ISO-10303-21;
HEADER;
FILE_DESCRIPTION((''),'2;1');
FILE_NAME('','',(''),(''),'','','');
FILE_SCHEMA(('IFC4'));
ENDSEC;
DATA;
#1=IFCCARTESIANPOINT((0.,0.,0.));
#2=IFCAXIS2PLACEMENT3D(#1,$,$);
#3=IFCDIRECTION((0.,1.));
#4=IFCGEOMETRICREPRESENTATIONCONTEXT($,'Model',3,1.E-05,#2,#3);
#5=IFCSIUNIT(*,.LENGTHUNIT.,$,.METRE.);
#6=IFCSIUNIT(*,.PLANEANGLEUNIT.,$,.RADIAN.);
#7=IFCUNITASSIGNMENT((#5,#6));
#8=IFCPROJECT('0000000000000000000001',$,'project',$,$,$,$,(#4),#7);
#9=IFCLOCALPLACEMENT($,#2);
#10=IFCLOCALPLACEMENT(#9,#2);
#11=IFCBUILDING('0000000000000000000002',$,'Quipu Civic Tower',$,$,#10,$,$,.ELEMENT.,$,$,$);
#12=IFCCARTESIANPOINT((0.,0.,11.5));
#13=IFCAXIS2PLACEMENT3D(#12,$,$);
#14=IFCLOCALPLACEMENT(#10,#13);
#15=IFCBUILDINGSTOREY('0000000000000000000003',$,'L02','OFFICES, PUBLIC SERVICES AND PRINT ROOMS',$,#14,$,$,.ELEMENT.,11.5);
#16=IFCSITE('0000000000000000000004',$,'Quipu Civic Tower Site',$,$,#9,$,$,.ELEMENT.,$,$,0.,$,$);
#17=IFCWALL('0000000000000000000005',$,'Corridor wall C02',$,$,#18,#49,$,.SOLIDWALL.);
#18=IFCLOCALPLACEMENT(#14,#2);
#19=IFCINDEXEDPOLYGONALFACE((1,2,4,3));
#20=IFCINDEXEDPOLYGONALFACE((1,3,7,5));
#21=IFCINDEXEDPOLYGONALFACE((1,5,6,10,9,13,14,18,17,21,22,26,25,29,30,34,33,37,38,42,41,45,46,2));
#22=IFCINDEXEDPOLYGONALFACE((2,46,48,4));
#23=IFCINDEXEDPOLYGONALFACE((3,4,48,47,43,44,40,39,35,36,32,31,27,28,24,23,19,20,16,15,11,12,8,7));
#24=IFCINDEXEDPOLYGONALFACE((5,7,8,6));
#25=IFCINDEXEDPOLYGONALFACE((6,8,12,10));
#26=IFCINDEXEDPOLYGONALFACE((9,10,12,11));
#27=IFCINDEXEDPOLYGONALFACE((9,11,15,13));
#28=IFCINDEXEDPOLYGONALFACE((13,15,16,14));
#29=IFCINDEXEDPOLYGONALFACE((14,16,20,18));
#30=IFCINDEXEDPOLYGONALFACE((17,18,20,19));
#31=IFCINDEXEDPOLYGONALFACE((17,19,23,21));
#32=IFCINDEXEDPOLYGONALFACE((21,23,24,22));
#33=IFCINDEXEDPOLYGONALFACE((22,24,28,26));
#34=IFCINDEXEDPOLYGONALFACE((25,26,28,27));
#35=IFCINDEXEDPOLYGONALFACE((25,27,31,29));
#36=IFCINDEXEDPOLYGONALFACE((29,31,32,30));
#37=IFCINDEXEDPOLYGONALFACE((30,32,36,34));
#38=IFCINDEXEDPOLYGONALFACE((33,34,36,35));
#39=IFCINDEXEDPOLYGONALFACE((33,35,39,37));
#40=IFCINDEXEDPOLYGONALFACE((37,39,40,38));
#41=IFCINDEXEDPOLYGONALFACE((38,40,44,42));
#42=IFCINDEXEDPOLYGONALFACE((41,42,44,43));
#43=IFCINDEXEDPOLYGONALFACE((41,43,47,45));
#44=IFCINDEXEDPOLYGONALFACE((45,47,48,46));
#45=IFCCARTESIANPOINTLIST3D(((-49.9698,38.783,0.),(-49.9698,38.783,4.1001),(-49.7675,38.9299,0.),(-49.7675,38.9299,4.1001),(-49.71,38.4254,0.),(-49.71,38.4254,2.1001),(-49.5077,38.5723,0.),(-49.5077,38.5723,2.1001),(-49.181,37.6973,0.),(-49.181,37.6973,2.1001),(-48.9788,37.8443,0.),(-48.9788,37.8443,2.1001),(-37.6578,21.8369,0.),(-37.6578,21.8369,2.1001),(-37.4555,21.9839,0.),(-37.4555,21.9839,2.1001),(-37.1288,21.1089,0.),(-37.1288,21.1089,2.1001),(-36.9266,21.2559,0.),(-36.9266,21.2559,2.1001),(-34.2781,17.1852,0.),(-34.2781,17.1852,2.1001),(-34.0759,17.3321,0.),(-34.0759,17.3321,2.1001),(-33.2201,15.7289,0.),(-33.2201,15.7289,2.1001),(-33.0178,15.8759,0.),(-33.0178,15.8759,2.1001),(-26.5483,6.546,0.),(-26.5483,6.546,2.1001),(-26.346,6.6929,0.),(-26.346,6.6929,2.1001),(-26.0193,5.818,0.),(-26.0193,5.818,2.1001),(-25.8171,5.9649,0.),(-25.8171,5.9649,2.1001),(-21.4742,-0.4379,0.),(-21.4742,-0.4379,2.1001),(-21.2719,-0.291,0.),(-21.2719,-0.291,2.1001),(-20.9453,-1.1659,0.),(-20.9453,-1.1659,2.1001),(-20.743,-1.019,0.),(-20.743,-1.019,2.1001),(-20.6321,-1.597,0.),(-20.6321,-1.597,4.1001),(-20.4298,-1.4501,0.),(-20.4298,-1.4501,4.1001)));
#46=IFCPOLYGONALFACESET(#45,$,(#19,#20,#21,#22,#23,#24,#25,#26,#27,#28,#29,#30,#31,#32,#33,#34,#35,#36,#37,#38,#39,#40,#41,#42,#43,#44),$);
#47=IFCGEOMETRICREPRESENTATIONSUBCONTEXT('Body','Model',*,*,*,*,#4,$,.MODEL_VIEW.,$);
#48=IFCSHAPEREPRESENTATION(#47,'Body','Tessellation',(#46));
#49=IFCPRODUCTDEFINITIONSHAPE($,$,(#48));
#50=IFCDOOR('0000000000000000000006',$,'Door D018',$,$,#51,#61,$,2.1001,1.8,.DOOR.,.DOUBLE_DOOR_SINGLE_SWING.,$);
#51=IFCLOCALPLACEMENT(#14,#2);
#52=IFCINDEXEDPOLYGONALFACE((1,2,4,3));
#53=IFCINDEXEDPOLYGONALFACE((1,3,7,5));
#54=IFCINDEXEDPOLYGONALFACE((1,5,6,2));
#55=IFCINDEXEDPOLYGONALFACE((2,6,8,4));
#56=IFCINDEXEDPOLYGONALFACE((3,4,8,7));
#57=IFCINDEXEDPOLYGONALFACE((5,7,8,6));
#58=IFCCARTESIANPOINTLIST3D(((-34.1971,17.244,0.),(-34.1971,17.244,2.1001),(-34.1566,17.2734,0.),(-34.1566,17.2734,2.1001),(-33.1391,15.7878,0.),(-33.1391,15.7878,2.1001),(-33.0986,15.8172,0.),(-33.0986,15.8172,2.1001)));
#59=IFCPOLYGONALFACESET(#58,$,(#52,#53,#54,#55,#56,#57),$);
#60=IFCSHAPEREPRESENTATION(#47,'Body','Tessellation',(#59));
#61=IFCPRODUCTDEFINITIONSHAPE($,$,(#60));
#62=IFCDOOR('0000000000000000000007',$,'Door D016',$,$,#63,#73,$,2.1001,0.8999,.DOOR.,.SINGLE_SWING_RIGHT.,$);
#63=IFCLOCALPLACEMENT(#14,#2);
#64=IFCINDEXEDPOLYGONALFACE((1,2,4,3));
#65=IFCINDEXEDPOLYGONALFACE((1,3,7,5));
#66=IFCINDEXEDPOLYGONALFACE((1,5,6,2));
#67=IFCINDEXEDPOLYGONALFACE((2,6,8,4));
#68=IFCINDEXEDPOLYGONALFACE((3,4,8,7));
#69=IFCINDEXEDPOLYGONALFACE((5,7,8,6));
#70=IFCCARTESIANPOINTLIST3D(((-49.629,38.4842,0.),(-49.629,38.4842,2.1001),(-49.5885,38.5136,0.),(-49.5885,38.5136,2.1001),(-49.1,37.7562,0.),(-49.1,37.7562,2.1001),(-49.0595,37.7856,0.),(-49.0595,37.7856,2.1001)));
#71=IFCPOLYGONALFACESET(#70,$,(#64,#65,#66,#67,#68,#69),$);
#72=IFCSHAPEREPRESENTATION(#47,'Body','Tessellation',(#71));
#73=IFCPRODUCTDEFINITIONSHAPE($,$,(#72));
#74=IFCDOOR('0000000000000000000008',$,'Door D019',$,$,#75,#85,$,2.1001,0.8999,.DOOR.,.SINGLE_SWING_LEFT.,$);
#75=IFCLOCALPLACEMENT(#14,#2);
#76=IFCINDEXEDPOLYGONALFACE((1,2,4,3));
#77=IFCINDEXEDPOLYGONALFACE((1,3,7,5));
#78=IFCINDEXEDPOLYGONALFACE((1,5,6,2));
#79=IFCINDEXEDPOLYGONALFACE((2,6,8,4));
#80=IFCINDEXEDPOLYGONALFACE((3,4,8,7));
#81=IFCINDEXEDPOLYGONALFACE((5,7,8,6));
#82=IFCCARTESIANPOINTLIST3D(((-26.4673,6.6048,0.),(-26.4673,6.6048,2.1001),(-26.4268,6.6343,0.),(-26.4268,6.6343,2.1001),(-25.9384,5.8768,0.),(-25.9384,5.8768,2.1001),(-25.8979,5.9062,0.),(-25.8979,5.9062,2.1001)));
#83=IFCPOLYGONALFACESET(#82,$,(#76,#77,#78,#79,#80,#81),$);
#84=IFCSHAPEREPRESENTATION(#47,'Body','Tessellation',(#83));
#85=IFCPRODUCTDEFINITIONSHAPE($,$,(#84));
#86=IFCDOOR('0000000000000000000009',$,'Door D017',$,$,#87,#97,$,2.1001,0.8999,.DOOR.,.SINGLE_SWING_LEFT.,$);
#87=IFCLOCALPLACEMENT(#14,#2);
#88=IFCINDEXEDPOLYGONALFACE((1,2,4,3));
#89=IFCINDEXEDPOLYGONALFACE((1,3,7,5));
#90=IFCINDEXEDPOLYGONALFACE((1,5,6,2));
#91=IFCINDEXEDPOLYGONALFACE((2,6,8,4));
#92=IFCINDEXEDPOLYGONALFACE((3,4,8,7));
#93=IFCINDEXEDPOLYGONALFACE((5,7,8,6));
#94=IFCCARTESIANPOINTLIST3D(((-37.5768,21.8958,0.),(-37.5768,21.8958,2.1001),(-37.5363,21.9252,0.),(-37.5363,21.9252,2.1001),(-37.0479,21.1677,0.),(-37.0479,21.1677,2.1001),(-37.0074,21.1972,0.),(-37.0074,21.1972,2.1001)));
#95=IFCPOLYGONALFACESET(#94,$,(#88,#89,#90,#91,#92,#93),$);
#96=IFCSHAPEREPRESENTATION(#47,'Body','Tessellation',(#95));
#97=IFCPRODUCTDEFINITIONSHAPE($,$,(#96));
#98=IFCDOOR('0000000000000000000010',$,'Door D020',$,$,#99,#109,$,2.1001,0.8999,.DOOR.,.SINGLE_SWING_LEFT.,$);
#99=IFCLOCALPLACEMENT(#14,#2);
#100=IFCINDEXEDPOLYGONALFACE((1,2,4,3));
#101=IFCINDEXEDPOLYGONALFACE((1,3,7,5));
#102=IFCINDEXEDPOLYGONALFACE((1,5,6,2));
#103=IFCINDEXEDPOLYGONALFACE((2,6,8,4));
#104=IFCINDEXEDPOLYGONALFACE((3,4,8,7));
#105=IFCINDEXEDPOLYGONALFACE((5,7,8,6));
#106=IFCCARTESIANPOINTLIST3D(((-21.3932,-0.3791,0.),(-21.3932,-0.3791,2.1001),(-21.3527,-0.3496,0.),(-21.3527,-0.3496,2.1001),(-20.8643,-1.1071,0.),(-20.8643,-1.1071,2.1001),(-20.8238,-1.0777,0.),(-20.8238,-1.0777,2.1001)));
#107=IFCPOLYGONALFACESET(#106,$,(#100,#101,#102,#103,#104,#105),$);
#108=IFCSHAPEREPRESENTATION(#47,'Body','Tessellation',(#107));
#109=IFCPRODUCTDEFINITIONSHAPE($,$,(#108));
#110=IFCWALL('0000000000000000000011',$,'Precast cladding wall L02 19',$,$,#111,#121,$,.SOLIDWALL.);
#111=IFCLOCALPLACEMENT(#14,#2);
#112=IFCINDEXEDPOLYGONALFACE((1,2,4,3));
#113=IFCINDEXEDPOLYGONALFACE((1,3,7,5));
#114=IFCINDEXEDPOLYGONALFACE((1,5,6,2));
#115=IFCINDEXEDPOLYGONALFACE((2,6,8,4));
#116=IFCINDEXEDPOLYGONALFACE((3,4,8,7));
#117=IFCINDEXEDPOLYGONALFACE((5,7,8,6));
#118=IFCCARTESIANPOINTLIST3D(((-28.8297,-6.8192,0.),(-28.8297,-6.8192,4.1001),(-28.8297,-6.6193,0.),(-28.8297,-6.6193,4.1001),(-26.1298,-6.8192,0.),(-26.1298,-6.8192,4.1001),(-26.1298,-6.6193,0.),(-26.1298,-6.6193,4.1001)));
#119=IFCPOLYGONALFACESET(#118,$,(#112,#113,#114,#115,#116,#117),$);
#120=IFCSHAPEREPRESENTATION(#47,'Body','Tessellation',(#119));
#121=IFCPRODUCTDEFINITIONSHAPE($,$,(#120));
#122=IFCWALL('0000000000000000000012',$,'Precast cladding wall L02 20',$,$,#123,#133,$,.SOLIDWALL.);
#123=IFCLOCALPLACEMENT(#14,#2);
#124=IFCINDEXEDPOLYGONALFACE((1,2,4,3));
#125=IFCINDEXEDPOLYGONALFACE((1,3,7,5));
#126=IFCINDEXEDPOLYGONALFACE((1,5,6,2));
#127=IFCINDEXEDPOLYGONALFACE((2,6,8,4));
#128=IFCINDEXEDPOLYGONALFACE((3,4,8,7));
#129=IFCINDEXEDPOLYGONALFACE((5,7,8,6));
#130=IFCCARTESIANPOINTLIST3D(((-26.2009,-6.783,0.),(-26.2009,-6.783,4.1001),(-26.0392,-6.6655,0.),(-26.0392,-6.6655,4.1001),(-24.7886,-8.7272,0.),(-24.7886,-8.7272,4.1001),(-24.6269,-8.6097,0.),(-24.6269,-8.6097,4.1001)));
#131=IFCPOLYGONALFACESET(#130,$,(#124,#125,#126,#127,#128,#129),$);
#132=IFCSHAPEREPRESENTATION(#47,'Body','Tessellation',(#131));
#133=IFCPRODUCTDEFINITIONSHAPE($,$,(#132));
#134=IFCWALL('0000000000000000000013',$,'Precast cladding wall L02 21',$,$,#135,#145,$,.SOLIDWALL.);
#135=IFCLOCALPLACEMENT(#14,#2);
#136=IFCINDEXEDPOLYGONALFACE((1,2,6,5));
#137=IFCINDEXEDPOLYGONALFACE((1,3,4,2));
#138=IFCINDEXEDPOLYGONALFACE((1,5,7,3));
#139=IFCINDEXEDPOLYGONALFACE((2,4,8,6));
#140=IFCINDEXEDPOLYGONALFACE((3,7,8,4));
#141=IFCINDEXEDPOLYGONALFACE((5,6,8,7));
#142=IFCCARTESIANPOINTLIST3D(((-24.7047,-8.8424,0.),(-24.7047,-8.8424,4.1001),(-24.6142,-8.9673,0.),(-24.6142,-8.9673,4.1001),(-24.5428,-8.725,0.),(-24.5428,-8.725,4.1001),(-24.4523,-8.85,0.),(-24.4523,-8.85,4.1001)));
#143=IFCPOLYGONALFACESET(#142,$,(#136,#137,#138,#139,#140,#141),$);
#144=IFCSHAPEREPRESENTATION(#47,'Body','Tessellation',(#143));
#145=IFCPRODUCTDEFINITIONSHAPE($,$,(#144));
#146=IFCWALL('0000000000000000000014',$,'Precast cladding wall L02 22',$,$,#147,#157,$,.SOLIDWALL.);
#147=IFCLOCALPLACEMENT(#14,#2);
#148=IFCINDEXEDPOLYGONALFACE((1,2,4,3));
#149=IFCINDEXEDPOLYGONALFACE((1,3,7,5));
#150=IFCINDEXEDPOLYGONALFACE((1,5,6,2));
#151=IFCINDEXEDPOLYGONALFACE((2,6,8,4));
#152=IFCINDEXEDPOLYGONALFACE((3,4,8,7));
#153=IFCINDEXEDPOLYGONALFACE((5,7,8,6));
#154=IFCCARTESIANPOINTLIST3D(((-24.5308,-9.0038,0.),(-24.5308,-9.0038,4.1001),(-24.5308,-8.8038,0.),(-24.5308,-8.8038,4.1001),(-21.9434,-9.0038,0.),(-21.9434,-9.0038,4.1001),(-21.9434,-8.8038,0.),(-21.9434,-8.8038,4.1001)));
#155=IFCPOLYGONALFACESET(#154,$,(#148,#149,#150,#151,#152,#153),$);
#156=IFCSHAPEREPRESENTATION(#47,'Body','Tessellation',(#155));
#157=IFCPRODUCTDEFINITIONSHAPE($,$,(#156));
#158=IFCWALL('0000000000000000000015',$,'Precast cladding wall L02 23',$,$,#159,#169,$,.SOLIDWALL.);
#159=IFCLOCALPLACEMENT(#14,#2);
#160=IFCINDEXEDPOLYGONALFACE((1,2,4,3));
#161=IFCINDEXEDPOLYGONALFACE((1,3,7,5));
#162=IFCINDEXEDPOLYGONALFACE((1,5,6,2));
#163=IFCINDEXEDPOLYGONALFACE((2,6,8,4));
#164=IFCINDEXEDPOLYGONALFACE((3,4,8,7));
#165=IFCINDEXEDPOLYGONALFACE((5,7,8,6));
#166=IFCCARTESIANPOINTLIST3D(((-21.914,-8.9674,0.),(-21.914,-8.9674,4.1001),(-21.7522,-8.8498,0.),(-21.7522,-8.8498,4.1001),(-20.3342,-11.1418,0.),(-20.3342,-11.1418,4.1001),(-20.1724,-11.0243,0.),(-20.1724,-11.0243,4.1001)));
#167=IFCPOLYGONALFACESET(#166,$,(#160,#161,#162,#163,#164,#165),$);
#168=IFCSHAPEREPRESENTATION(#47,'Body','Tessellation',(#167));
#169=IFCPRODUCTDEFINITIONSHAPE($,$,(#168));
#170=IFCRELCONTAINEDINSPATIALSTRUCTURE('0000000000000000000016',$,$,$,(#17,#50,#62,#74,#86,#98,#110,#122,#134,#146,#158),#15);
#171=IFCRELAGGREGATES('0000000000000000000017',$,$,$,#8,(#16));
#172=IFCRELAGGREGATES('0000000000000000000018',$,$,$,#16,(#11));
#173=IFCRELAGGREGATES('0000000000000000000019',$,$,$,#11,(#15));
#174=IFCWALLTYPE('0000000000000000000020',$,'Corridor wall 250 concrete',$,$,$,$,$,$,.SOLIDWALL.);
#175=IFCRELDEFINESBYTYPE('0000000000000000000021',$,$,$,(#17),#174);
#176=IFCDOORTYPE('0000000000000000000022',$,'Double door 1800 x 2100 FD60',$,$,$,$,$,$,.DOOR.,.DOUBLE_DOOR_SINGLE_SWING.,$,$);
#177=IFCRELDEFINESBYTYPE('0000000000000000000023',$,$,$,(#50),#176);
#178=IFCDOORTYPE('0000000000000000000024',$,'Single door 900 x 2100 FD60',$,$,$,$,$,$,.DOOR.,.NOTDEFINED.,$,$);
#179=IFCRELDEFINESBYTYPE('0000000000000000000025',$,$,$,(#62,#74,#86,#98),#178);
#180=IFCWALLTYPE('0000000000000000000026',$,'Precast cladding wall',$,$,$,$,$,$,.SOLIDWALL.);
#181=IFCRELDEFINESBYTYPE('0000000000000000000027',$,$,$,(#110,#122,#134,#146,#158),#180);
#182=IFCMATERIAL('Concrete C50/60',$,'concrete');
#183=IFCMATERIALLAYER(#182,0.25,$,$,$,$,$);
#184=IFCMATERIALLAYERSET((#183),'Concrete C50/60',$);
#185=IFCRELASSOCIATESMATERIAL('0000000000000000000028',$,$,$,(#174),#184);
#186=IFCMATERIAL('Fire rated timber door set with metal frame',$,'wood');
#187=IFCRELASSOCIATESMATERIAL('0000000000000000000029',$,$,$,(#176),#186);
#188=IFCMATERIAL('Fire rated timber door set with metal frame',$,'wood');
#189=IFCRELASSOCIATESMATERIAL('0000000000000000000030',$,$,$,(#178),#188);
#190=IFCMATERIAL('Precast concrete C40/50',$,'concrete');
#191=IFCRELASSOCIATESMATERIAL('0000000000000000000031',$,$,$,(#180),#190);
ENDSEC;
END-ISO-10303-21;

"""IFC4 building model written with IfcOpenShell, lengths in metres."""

from ifc_helpers import new_model, si_unit, direction, frame, frame_2d, origin, place, context, subcontext, project, spatial, rectangle, extrude, material, layer, layer_set, type_object, element, fill, save


model = new_model("IFC4")

# Units and contexts
model_context = context("Model", 3, precision=1e-05, world=origin(), true_north=direction((0.0, 1.0)))
body_context = subcontext(model_context, "Body", "Model", "MODEL_VIEW")
ifc_project = project(units=[si_unit("LENGTHUNIT", "METRE"), si_unit("PLANEANGLEUNIT", "RADIAN")], contexts=[model_context])

# Site, building, storey
site_placement = place(None, origin())
site = spatial("IfcSite", under=ifc_project, at=site_placement, Name="Quipu Civic Tower Site", CompositionType="ELEMENT", RefElevation=0.0)
building_placement = place(site_placement, origin())
building = spatial("IfcBuilding", under=site, at=building_placement, Name="Quipu Civic Tower", CompositionType="ELEMENT")
storey_placement = place(building_placement, frame((0.0, 0.0, 11.5)))
storey = spatial("IfcBuildingStorey", under=building, at=storey_placement, Name="L02", Description="OFFICES, PUBLIC SERVICES AND PRINT ROOMS", CompositionType="ELEMENT", Elevation=11.5)

# Wall, openings, doors
ifc_material_1 = material(Name="Concrete C50/60", Category="concrete")
ifc_layer_1 = layer(ifc_material_1, 0.25)
ifc_layer_set_1 = layer_set([ifc_layer_1], Name="Concrete C50/60")
wall_type_1 = type_object("IfcWallType", Name="Corridor wall 250 concrete", PredefinedType="SOLIDWALL", material=ifc_layer_set_1)
wall_1_placement = place(storey_placement, frame((-20.531, -1.5234, 0.0), z_axis=(0.0, 0.0, 1.0), x_axis=(-0.587785, 0.809018, 0.0)))
wall_1 = element("IfcWall", 1, at=wall_1_placement, inside=storey, type_object=wall_type_1, Name="Corridor wall C02", PredefinedType="SOLIDWALL", context=body_context, shape_type="SweptSolid", body=[
    extrude(rectangle(XDim=49.9124, YDim=0.25, at=frame_2d((24.9561, 0.0))), origin(), (0.0, 0.0, 1.0), 4.1001),
])
opening_1_placement = place(wall_1_placement, frame((48.5703, 0.0, 0.0)))
opening_1 = element("IfcOpeningElement", 2, at=opening_1_placement, cuts=wall_1, PredefinedType="OPENING", context=body_context, shape_type="SweptSolid", body=[
    extrude(rectangle(XDim=0.8999, YDim=2.1001, at=frame_2d((0.45, 1.05))), frame((0.0, 0.135, 0.0), z_axis=(0.0, -1.0, 0.0), x_axis=(1.0, 0.0, 0.0)), (0.0, 0.0, 1.0), 0.27),
])
opening_2_placement = place(wall_1_placement, frame((9.1653, 0.0, 0.0)))
opening_2 = element("IfcOpeningElement", 3, at=opening_2_placement, cuts=wall_1, PredefinedType="OPENING", context=body_context, shape_type="SweptSolid", body=[
    extrude(rectangle(XDim=0.8999, YDim=2.1001, at=frame_2d((0.45, 1.05))), frame((0.0, 0.135, 0.0), z_axis=(0.0, -1.0, 0.0), x_axis=(1.0, 0.0, 0.0)), (0.0, 0.0, 1.0), 0.27),
])
opening_3_placement = place(wall_1_placement, frame((21.416, 0.0, 0.0)))
opening_3 = element("IfcOpeningElement", 4, at=opening_3_placement, cuts=wall_1, PredefinedType="OPENING", context=body_context, shape_type="SweptSolid", body=[
    extrude(rectangle(XDim=1.8, YDim=2.1001, at=frame_2d((0.8999, 1.05))), frame((0.0, 0.135, 0.0), z_axis=(0.0, -1.0, 0.0), x_axis=(1.0, 0.0, 0.0)), (0.0, 0.0, 1.0), 0.27),
])
opening_4_placement = place(wall_1_placement, frame((28.0659, 0.0, 0.0)))
opening_4 = element("IfcOpeningElement", 5, at=opening_4_placement, cuts=wall_1, PredefinedType="OPENING", context=body_context, shape_type="SweptSolid", body=[
    extrude(rectangle(XDim=0.8999, YDim=2.1001, at=frame_2d((0.45, 1.05))), frame((0.0, 0.135, 0.0), z_axis=(0.0, -1.0, 0.0), x_axis=(1.0, 0.0, 0.0)), (0.0, 0.0, 1.0), 0.27),
])
opening_5_placement = place(wall_1_placement, frame((0.5327, 0.0, 0.0)))
opening_5 = element("IfcOpeningElement", 6, at=opening_5_placement, cuts=wall_1, PredefinedType="OPENING", context=body_context, shape_type="SweptSolid", body=[
    extrude(rectangle(XDim=0.8999, YDim=2.1001, at=frame_2d((0.45, 1.05))), frame((0.0, 0.135, 0.0), z_axis=(0.0, -1.0, 0.0), x_axis=(1.0, 0.0, 0.0)), (0.0, 0.0, 1.0), 0.27),
])
ifc_material_2 = material(Name="Fire rated timber door set with metal frame", Category="wood")
door_type_1 = type_object("IfcDoorType", Name="Double door 1800 x 2100 FD60", OperationType="DOUBLE_DOOR_SINGLE_SWING", PredefinedType="DOOR", material=ifc_material_2)
door_1_placement = place(opening_3_placement, origin())
door_1 = element("IfcDoor", 7, at=door_1_placement, inside=storey, type_object=door_type_1, Name="Door D018", OperationType="DOUBLE_DOOR_SINGLE_SWING", OverallHeight=2.1001, OverallWidth=1.8, PredefinedType="DOOR", context=body_context, shape_type="SweptSolid", body=[
    extrude(rectangle(XDim=1.8, YDim=2.1001, at=frame_2d((0.8999, 1.05))), frame((0.0, 0.0249, 0.0), z_axis=(0.0, -1.0, 0.0), x_axis=(1.0, 0.0, 0.0)), (0.0, 0.0, 1.0), 0.05),
])
fill(opening_3, door_1)
ifc_material_3 = material(Name="Fire rated timber door set with metal frame", Category="wood")
door_type_2 = type_object("IfcDoorType", Name="Single door 900 x 2100 FD60", OperationType="NOTDEFINED", PredefinedType="DOOR", material=ifc_material_3)
door_2_placement = place(opening_1_placement, origin())
door_2 = element("IfcDoor", 8, at=door_2_placement, inside=storey, type_object=door_type_2, Name="Door D016", OperationType="SINGLE_SWING_RIGHT", OverallHeight=2.1001, OverallWidth=0.8999, PredefinedType="DOOR", context=body_context, shape_type="SweptSolid", body=[
    extrude(rectangle(XDim=0.8999, YDim=2.1001, at=frame_2d((0.45, 1.05))), frame((0.0, 0.0249, 0.0), z_axis=(0.0, -1.0, 0.0), x_axis=(1.0, 0.0, 0.0)), (0.0, 0.0, 1.0), 0.05),
])
fill(opening_1, door_2)
door_3_placement = place(opening_2_placement, origin())
door_3 = element("IfcDoor", 9, at=door_3_placement, inside=storey, type_object=door_type_2, Name="Door D019", OperationType="SINGLE_SWING_LEFT", OverallHeight=2.1001, OverallWidth=0.8999, PredefinedType="DOOR", context=body_context, shape_type="SweptSolid", body=[
    extrude(rectangle(XDim=0.8999, YDim=2.1001, at=frame_2d((0.45, 1.05))), frame((0.0, 0.0249, 0.0), z_axis=(0.0, -1.0, 0.0), x_axis=(1.0, 0.0, 0.0)), (0.0, 0.0, 1.0), 0.05),
])
fill(opening_2, door_3)
door_4_placement = place(opening_4_placement, origin())
door_4 = element("IfcDoor", 10, at=door_4_placement, inside=storey, type_object=door_type_2, Name="Door D017", OperationType="SINGLE_SWING_LEFT", OverallHeight=2.1001, OverallWidth=0.8999, PredefinedType="DOOR", context=body_context, shape_type="SweptSolid", body=[
    extrude(rectangle(XDim=0.8999, YDim=2.1001, at=frame_2d((0.45, 1.05))), frame((0.0, 0.0249, 0.0), z_axis=(0.0, -1.0, 0.0), x_axis=(1.0, 0.0, 0.0)), (0.0, 0.0, 1.0), 0.05),
])
fill(opening_4, door_4)
door_5_placement = place(opening_5_placement, origin())
door_5 = element("IfcDoor", 11, at=door_5_placement, inside=storey, type_object=door_type_2, Name="Door D020", OperationType="SINGLE_SWING_LEFT", OverallHeight=2.1001, OverallWidth=0.8999, PredefinedType="DOOR", context=body_context, shape_type="SweptSolid", body=[
    extrude(rectangle(XDim=0.8999, YDim=2.1001, at=frame_2d((0.45, 1.05))), frame((0.0, 0.0249, 0.0), z_axis=(0.0, -1.0, 0.0), x_axis=(1.0, 0.0, 0.0)), (0.0, 0.0, 1.0), 0.05),
])
fill(opening_5, door_5)

# Walls
ifc_material_4 = material(Name="Precast concrete C40/50", Category="concrete")
wall_type_2 = type_object("IfcWallType", Name="Precast cladding wall", PredefinedType="SOLIDWALL", material=ifc_material_4)
wall_2_placement = place(storey_placement, frame((-28.8298, -6.7192, 0.0), z_axis=(0.0, 0.0, 1.0), x_axis=(1.0, 0.0, 0.0)))
element("IfcWall", 12, at=wall_2_placement, inside=storey, type_object=wall_type_2, Name="Precast cladding wall L02 19", PredefinedType="SOLIDWALL", context=body_context, shape_type="SweptSolid", body=[
    extrude(rectangle(XDim=2.7, YDim=0.2, at=frame_2d((1.3501, 0.0))), origin(), (0.0, 0.0, 1.0), 4.1001),
])
wall_3_placement = place(storey_placement, frame((-26.1201, -6.7241, 0.0), z_axis=(0.0, 0.0, 1.0), x_axis=(0.587706, -0.809074, 0.0)))
element("IfcWall", 13, at=wall_3_placement, inside=storey, type_object=wall_type_2, Name="Precast cladding wall L02 20", PredefinedType="SOLIDWALL", context=body_context, shape_type="SweptSolid", body=[
    extrude(rectangle(XDim=2.4031, YDim=0.2, at=frame_2d((1.2017, 0.0))), origin(), (0.0, 0.0, 1.0), 4.1001),
])
wall_4_placement = place(storey_placement, frame((-24.6238, -8.7837, 0.0), z_axis=(0.0, 0.0, 1.0), x_axis=(0.58676, -0.809761, 0.0)))
element("IfcWall", 14, at=wall_4_placement, inside=storey, type_object=wall_type_2, Name="Precast cladding wall L02 21", PredefinedType="SOLIDWALL", context=body_context, shape_type="SweptSolid", body=[
    extrude(rectangle(XDim=0.1543, YDim=0.2, at=frame_2d((0.0771, 0.0))), origin(), (0.0, 0.0, 1.0), 4.1001),
])
wall_5_placement = place(storey_placement, frame((-24.5308, -8.9038, 0.0), z_axis=(0.0, 0.0, 1.0), x_axis=(1.0, 0.0, 0.0)))
element("IfcWall", 15, at=wall_5_placement, inside=storey, type_object=wall_type_2, Name="Precast cladding wall L02 22", PredefinedType="SOLIDWALL", context=body_context, shape_type="SweptSolid", body=[
    extrude(rectangle(XDim=2.5874, YDim=0.2, at=frame_2d((1.2937, 0.0))), origin(), (0.0, 0.0, 1.0), 4.1001),
])
wall_6_placement = place(storey_placement, frame((-21.833, -8.9087, 0.0), z_axis=(0.0, 0.0, 1.0), x_axis=(0.587767, -0.809031, 0.0)))
element("IfcWall", 16, at=wall_6_placement, inside=storey, type_object=wall_type_2, Name="Precast cladding wall L02 23", PredefinedType="SOLIDWALL", context=body_context, shape_type="SweptSolid", body=[
    extrude(rectangle(XDim=2.6877, YDim=0.2, at=frame_2d((1.3438, 0.0))), origin(), (0.0, 0.0, 1.0), 4.1001),
])

save(model, "model.ifc")
